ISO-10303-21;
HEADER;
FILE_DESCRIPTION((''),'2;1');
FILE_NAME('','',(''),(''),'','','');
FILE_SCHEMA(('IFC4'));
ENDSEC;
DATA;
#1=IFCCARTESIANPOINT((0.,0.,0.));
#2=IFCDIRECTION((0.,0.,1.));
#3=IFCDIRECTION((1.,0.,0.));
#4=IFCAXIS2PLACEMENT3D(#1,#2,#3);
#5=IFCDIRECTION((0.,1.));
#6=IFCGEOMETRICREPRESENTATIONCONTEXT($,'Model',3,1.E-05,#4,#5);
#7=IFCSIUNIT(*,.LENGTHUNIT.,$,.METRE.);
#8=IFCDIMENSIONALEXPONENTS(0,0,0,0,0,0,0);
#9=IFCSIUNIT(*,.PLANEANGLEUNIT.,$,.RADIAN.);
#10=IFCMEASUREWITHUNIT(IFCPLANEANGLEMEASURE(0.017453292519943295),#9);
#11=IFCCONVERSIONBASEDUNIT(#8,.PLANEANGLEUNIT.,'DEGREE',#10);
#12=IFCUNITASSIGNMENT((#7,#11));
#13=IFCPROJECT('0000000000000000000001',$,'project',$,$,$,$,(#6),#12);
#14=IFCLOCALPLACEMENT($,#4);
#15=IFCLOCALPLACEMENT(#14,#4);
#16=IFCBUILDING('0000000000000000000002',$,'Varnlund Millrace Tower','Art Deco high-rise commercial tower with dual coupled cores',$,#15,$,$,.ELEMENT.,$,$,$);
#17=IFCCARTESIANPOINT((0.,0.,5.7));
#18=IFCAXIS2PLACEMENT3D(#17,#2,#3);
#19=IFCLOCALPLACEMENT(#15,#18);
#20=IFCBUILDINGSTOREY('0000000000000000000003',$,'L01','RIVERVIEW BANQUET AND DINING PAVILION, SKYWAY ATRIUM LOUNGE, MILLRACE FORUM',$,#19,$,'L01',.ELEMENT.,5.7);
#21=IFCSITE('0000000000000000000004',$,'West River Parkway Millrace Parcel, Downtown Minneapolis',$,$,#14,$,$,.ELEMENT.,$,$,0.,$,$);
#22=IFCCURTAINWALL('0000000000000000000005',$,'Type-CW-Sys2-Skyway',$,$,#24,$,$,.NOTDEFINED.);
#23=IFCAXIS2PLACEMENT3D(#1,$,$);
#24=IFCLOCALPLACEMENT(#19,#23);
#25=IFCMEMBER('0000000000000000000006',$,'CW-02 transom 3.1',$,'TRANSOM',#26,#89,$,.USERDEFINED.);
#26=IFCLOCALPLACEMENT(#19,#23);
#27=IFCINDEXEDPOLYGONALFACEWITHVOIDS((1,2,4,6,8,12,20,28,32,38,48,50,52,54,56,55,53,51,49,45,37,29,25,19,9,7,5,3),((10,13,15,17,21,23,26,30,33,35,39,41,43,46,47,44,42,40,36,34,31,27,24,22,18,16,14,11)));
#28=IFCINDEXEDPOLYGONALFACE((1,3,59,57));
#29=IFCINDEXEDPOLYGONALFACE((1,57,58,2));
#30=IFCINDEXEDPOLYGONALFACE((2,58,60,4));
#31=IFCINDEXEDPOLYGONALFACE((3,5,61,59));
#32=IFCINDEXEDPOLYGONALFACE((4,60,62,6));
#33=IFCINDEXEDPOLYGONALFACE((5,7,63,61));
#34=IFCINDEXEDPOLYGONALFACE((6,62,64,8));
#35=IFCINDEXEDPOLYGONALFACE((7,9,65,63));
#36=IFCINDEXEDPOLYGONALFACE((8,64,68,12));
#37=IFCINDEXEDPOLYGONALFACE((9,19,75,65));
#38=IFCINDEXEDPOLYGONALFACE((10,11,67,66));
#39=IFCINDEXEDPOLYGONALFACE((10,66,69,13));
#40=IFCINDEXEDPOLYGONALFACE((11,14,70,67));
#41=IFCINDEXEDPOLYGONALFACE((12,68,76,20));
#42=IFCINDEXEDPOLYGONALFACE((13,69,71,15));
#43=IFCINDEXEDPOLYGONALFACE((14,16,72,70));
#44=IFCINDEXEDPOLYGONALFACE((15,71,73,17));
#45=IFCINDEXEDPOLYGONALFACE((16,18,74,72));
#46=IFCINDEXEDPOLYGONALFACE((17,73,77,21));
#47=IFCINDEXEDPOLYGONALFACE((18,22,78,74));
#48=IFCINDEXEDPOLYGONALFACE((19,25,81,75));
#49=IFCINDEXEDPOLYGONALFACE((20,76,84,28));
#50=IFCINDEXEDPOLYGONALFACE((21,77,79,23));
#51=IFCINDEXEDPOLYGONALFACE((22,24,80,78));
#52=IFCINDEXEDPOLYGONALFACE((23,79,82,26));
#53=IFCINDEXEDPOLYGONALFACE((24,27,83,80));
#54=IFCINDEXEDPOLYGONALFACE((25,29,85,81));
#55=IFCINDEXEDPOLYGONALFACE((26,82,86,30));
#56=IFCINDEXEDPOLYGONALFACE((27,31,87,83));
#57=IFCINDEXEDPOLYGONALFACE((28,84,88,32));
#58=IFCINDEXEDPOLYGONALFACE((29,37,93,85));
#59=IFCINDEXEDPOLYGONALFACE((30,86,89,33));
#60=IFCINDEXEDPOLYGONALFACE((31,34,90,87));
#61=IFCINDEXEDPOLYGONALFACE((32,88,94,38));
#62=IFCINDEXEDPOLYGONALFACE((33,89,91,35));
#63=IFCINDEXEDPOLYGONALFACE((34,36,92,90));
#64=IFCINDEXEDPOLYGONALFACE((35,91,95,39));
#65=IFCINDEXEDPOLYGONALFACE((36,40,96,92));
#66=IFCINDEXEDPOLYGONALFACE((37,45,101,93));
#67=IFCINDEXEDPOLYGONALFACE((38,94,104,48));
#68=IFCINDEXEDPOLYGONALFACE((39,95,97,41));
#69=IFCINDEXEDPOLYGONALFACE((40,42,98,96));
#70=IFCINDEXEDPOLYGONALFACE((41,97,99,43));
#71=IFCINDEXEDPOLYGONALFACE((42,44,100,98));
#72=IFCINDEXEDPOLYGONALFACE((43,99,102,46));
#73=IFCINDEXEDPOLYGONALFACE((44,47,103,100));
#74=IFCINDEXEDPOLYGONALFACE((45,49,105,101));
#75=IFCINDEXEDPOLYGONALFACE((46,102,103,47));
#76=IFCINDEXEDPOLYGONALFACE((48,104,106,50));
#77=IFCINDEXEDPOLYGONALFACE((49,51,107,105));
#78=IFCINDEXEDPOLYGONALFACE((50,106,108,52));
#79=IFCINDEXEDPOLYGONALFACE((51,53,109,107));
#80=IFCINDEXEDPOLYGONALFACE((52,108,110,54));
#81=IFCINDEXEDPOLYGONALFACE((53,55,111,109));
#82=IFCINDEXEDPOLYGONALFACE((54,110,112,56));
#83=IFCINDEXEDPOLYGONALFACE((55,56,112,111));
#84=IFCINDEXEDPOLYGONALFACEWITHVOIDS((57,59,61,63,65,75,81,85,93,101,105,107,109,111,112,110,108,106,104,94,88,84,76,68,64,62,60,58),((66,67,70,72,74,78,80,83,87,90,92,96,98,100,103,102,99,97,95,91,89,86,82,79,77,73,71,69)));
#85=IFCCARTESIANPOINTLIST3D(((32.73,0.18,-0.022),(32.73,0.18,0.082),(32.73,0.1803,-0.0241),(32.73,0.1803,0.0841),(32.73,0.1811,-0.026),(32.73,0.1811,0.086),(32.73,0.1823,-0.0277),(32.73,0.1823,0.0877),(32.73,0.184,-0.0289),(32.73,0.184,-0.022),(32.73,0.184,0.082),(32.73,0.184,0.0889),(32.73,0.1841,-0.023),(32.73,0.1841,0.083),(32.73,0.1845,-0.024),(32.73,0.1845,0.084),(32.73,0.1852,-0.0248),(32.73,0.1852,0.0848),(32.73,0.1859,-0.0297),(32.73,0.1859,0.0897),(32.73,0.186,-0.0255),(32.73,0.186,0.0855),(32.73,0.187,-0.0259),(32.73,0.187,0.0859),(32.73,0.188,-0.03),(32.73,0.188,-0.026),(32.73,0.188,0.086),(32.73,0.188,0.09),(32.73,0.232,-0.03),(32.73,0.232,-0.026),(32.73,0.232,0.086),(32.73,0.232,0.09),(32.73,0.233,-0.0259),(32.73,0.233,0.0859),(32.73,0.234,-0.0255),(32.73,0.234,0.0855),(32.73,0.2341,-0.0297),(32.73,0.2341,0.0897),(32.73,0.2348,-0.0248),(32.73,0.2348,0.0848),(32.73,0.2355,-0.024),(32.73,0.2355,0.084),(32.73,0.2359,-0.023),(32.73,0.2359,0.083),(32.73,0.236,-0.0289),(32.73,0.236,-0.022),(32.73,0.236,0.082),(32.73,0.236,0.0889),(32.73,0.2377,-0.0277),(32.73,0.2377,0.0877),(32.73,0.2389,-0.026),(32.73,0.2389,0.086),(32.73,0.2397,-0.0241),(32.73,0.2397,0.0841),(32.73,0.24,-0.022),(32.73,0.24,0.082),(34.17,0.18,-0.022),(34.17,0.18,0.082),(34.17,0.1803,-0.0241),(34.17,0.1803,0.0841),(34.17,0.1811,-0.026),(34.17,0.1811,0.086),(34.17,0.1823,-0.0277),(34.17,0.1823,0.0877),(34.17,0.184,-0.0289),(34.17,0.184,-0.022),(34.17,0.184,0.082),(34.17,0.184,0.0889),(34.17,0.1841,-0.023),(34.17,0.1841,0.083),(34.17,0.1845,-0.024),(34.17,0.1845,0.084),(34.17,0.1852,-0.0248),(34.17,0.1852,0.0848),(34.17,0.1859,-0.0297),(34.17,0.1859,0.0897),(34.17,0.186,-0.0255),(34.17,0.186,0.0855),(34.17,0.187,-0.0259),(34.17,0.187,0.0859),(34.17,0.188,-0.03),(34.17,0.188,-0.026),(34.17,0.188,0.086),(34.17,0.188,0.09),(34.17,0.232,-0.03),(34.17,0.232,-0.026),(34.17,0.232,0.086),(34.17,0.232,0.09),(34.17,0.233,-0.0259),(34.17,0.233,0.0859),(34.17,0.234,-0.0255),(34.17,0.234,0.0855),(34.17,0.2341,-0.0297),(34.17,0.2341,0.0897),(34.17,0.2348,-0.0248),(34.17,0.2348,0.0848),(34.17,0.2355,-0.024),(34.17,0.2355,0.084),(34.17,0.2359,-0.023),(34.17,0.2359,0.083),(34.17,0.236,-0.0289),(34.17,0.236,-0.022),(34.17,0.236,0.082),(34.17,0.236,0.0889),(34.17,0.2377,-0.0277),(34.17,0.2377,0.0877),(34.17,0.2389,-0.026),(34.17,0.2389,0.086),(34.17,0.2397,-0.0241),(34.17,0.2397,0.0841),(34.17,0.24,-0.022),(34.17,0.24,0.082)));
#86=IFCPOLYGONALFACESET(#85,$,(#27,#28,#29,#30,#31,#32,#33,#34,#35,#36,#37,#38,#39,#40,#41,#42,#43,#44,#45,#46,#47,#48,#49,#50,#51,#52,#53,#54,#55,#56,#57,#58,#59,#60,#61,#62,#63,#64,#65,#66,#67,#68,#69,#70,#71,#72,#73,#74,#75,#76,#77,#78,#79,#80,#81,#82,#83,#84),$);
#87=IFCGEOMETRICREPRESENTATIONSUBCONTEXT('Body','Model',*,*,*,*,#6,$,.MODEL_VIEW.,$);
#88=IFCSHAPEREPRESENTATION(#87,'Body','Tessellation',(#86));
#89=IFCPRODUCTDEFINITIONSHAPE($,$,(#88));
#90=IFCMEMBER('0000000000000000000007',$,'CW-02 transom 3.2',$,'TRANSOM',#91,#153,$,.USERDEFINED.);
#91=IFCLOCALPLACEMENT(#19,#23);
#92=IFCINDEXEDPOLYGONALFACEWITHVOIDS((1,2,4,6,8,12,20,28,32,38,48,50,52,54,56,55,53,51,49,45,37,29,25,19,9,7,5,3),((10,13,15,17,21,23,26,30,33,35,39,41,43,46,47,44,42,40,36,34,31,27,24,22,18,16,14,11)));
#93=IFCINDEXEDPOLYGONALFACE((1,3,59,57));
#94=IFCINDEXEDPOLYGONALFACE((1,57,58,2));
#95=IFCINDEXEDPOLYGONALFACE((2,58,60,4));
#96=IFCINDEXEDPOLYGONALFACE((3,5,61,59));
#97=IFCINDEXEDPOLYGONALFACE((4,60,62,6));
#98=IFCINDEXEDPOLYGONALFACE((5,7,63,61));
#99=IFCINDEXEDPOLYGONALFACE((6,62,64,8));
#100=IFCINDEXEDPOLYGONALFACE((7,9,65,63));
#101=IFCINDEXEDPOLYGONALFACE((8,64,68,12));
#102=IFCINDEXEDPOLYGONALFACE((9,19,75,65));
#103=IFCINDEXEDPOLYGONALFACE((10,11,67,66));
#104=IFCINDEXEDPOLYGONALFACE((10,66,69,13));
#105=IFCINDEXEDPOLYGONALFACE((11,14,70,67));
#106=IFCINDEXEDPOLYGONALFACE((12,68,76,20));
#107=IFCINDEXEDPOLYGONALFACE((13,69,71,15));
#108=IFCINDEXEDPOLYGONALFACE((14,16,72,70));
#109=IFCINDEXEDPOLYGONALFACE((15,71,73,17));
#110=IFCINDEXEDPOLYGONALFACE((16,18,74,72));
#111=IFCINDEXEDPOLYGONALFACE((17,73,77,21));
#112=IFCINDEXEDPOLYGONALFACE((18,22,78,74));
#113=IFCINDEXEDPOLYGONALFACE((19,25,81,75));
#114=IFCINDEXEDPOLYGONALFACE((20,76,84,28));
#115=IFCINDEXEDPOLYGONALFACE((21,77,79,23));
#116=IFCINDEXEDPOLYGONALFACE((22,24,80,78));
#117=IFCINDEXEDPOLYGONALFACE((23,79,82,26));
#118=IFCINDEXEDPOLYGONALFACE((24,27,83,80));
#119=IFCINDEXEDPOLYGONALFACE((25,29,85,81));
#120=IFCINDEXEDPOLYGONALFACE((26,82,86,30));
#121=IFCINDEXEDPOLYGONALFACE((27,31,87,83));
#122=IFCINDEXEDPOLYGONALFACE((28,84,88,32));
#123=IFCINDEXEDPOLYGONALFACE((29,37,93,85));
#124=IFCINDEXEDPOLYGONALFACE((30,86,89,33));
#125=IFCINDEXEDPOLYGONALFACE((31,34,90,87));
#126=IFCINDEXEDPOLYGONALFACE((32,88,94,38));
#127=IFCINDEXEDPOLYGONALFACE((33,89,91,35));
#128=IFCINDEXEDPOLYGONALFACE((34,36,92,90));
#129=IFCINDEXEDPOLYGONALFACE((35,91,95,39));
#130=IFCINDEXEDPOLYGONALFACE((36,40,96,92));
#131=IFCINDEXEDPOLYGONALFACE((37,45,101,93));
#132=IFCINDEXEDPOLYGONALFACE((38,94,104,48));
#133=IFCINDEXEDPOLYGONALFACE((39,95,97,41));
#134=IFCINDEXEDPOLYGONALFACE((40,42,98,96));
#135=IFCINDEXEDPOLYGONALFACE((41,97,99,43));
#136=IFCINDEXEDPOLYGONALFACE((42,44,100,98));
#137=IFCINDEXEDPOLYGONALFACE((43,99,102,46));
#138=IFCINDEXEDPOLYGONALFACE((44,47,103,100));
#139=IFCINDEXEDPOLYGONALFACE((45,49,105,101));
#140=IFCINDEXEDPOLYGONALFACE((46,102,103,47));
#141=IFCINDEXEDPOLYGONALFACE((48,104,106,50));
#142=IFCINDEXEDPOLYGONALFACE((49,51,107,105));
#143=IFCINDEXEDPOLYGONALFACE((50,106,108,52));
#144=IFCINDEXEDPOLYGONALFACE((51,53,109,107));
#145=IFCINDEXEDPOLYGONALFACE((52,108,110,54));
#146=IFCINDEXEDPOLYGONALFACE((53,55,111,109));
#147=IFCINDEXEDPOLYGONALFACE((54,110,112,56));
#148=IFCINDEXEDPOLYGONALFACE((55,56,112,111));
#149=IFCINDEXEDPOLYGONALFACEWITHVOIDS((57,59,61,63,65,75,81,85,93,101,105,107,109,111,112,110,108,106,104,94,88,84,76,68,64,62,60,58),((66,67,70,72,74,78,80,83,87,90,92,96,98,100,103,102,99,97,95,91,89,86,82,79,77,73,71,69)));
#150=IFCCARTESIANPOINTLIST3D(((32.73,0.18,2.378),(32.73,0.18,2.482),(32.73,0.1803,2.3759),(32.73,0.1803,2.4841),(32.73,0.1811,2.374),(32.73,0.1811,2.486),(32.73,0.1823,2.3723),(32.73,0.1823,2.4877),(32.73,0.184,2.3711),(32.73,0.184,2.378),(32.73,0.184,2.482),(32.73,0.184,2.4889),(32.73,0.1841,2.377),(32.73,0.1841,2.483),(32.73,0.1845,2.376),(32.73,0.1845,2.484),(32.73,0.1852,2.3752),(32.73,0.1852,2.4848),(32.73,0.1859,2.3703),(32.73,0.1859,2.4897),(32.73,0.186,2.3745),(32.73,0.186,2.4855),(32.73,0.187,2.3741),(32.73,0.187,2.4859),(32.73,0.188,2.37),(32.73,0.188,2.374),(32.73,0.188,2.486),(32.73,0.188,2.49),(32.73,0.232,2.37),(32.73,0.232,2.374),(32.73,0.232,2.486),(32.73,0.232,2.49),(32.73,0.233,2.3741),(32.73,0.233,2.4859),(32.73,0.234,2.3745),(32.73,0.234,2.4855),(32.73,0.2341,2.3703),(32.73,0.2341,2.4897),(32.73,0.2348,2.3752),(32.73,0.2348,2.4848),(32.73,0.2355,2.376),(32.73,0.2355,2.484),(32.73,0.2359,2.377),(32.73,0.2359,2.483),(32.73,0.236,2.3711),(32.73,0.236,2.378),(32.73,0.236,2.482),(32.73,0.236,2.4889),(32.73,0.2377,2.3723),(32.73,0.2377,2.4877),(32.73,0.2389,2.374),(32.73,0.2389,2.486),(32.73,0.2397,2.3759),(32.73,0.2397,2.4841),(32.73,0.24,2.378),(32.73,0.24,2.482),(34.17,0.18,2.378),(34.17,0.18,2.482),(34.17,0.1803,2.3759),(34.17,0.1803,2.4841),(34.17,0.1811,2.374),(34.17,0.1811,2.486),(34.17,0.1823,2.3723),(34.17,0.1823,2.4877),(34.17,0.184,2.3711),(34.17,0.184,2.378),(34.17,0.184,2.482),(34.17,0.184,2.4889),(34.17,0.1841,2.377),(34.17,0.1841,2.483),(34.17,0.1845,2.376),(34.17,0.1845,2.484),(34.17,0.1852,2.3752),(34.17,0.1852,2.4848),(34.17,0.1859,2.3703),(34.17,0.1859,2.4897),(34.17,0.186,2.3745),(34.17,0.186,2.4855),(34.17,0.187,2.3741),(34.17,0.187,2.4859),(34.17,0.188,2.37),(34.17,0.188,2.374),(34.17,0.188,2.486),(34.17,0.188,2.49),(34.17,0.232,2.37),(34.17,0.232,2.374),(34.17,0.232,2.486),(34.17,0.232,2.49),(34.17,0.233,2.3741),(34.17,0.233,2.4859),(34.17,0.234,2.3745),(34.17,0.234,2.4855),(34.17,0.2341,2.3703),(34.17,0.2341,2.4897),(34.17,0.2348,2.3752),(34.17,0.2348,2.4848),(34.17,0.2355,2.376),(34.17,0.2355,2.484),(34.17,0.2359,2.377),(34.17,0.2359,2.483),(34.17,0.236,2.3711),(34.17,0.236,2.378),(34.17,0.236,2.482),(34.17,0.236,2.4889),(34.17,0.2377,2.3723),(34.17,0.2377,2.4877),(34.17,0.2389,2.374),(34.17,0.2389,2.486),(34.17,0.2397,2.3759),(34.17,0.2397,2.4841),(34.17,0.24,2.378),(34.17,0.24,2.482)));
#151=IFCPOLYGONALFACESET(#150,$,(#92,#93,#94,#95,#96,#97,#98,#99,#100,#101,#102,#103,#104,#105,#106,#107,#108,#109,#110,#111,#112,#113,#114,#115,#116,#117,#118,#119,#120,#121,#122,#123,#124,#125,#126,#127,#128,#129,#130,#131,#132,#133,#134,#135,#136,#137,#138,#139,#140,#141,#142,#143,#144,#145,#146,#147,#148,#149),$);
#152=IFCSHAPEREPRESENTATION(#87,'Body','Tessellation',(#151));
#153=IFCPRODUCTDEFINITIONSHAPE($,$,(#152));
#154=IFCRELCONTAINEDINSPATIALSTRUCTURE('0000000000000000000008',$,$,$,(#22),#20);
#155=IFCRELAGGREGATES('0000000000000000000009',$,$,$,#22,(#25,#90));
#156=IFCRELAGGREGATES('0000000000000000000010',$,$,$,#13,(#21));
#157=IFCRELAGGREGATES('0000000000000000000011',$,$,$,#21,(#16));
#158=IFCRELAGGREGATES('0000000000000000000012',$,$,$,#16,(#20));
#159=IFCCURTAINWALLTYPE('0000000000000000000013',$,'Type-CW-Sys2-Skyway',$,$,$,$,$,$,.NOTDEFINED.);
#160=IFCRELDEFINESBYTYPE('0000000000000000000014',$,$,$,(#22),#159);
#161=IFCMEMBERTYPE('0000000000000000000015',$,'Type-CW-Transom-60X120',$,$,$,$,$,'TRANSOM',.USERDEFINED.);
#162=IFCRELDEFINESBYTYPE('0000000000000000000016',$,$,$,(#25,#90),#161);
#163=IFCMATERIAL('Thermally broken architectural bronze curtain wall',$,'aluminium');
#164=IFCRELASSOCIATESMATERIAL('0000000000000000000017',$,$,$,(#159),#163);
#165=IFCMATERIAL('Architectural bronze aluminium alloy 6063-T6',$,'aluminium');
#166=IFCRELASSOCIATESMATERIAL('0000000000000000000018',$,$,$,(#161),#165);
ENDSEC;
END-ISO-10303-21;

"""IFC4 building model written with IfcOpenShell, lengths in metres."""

from ifc_helpers import new_model, entity, si_unit, converted_unit, direction, frame, origin_with_axes, origin_2d_with_axis, place, context, subcontext, project, spatial, hollow_rectangle, extrude, material, material_profile, profile_set, type_object, element, aggregate, save


model = new_model("IFC4")

# Units and contexts
model_context = context("Model", 3, precision=1e-05, world=origin_with_axes(), true_north=direction((0.0, 1.0)))
body_context = subcontext(model_context, "Body", "Model", "MODEL_VIEW")
ifc_project = project(units=[si_unit("LENGTHUNIT", "METRE"), converted_unit("PLANEANGLEUNIT", "DEGREE", entity("IfcPlaneAngleMeasure", 0.017453292519943295), si_unit("PLANEANGLEUNIT", "RADIAN"), dimensions=[0, 0, 0, 0, 0, 0, 0])], contexts=[model_context])

# Site, building, storey
site_placement = place(None, origin_with_axes())
site = spatial("IfcSite", under=ifc_project, at=site_placement, Name="West River Parkway Millrace Parcel, Downtown Minneapolis", CompositionType="ELEMENT", RefElevation=0.0)
building_placement = place(site_placement, origin_with_axes())
building = spatial("IfcBuilding", under=site, at=building_placement, Name="Varnlund Millrace Tower", Description="Art Deco high-rise commercial tower with dual coupled cores", CompositionType="ELEMENT")
storey_placement = place(building_placement, frame((0.0, 0.0, 5.7), z_axis=(0.0, 0.0, 1.0), x_axis=(1.0, 0.0, 0.0)))
storey = spatial("IfcBuildingStorey", under=building, at=storey_placement, Name="L01", Description="RIVERVIEW BANQUET AND DINING PAVILION, SKYWAY ATRIUM LOUNGE, MILLRACE FORUM", LongName="L01", CompositionType="ELEMENT", Elevation=5.7)

# Curtain wall, members
ifc_material_1 = material(Name="Thermally broken architectural bronze curtain wall", Category="aluminium")
curtain_wall_type = type_object("IfcCurtainWallType", Name="Type-CW-Sys2-Skyway", PredefinedType="NOTDEFINED", material=ifc_material_1)
curtain_wall_placement = place(storey_placement, frame((37.2, 0.21, 0.0), z_axis=(0.0, 0.0, 1.0), x_axis=(1.0, 0.0, 0.0)))
curtain_wall = element("IfcCurtainWall", 1, at=curtain_wall_placement, inside=storey, type_object=curtain_wall_type, Name="Type-CW-Sys2-Skyway", PredefinedType="NOTDEFINED")
ifc_material_2 = material(Name="Architectural bronze aluminium alloy 6063-T6", Category="aluminium")
ifc_material_profile_1 = material_profile(ifc_material_2, hollow_rectangle(XDim=0.06, YDim=0.12, WallThickness=0.004, InnerFilletRadius=0.004, OuterFilletRadius=0.008, at=origin_2d_with_axis()), Name="Architectural bronze aluminium alloy 6063-T6")
ifc_profile_set_1 = profile_set([ifc_material_profile_1], Name="Architectural bronze aluminium alloy 6063-T6")
member_type_1 = type_object("IfcMemberType", Name="Type-CW-Transom-60X120", ElementType="TRANSOM", PredefinedType="USERDEFINED", material=ifc_profile_set_1)
member_1_placement = place(storey_placement, frame((34.17, 0.21, 0.03), z_axis=(-1.0, 0.0, 0.0), x_axis=(0.0, -1.0, 0.0)))
member_1 = element("IfcMember", 2, at=member_1_placement, type_object=member_type_1, Name="CW-02 transom 3.1", ObjectType="TRANSOM", PredefinedType="USERDEFINED", context=body_context, shape_type="SweptSolid", body=[
    extrude(hollow_rectangle(XDim=0.06, YDim=0.12, WallThickness=0.004, InnerFilletRadius=0.004, OuterFilletRadius=0.008, at=origin_2d_with_axis()), origin_with_axes(), (0.0, 0.0, 1.0), 1.44),
])
member_2_placement = place(storey_placement, frame((34.17, 0.21, 2.43), z_axis=(-1.0, 0.0, 0.0), x_axis=(0.0, -1.0, 0.0)))
member_2 = element("IfcMember", 3, at=member_2_placement, type_object=member_type_1, Name="CW-02 transom 3.2", ObjectType="TRANSOM", PredefinedType="USERDEFINED", context=body_context, shape_type="SweptSolid", body=[
    extrude(hollow_rectangle(XDim=0.06, YDim=0.12, WallThickness=0.004, InnerFilletRadius=0.004, OuterFilletRadius=0.008, at=origin_2d_with_axis()), origin_with_axes(), (0.0, 0.0, 1.0), 1.44),
])
aggregate(curtain_wall, [member_1, member_2])

save(model, "model.ifc")
